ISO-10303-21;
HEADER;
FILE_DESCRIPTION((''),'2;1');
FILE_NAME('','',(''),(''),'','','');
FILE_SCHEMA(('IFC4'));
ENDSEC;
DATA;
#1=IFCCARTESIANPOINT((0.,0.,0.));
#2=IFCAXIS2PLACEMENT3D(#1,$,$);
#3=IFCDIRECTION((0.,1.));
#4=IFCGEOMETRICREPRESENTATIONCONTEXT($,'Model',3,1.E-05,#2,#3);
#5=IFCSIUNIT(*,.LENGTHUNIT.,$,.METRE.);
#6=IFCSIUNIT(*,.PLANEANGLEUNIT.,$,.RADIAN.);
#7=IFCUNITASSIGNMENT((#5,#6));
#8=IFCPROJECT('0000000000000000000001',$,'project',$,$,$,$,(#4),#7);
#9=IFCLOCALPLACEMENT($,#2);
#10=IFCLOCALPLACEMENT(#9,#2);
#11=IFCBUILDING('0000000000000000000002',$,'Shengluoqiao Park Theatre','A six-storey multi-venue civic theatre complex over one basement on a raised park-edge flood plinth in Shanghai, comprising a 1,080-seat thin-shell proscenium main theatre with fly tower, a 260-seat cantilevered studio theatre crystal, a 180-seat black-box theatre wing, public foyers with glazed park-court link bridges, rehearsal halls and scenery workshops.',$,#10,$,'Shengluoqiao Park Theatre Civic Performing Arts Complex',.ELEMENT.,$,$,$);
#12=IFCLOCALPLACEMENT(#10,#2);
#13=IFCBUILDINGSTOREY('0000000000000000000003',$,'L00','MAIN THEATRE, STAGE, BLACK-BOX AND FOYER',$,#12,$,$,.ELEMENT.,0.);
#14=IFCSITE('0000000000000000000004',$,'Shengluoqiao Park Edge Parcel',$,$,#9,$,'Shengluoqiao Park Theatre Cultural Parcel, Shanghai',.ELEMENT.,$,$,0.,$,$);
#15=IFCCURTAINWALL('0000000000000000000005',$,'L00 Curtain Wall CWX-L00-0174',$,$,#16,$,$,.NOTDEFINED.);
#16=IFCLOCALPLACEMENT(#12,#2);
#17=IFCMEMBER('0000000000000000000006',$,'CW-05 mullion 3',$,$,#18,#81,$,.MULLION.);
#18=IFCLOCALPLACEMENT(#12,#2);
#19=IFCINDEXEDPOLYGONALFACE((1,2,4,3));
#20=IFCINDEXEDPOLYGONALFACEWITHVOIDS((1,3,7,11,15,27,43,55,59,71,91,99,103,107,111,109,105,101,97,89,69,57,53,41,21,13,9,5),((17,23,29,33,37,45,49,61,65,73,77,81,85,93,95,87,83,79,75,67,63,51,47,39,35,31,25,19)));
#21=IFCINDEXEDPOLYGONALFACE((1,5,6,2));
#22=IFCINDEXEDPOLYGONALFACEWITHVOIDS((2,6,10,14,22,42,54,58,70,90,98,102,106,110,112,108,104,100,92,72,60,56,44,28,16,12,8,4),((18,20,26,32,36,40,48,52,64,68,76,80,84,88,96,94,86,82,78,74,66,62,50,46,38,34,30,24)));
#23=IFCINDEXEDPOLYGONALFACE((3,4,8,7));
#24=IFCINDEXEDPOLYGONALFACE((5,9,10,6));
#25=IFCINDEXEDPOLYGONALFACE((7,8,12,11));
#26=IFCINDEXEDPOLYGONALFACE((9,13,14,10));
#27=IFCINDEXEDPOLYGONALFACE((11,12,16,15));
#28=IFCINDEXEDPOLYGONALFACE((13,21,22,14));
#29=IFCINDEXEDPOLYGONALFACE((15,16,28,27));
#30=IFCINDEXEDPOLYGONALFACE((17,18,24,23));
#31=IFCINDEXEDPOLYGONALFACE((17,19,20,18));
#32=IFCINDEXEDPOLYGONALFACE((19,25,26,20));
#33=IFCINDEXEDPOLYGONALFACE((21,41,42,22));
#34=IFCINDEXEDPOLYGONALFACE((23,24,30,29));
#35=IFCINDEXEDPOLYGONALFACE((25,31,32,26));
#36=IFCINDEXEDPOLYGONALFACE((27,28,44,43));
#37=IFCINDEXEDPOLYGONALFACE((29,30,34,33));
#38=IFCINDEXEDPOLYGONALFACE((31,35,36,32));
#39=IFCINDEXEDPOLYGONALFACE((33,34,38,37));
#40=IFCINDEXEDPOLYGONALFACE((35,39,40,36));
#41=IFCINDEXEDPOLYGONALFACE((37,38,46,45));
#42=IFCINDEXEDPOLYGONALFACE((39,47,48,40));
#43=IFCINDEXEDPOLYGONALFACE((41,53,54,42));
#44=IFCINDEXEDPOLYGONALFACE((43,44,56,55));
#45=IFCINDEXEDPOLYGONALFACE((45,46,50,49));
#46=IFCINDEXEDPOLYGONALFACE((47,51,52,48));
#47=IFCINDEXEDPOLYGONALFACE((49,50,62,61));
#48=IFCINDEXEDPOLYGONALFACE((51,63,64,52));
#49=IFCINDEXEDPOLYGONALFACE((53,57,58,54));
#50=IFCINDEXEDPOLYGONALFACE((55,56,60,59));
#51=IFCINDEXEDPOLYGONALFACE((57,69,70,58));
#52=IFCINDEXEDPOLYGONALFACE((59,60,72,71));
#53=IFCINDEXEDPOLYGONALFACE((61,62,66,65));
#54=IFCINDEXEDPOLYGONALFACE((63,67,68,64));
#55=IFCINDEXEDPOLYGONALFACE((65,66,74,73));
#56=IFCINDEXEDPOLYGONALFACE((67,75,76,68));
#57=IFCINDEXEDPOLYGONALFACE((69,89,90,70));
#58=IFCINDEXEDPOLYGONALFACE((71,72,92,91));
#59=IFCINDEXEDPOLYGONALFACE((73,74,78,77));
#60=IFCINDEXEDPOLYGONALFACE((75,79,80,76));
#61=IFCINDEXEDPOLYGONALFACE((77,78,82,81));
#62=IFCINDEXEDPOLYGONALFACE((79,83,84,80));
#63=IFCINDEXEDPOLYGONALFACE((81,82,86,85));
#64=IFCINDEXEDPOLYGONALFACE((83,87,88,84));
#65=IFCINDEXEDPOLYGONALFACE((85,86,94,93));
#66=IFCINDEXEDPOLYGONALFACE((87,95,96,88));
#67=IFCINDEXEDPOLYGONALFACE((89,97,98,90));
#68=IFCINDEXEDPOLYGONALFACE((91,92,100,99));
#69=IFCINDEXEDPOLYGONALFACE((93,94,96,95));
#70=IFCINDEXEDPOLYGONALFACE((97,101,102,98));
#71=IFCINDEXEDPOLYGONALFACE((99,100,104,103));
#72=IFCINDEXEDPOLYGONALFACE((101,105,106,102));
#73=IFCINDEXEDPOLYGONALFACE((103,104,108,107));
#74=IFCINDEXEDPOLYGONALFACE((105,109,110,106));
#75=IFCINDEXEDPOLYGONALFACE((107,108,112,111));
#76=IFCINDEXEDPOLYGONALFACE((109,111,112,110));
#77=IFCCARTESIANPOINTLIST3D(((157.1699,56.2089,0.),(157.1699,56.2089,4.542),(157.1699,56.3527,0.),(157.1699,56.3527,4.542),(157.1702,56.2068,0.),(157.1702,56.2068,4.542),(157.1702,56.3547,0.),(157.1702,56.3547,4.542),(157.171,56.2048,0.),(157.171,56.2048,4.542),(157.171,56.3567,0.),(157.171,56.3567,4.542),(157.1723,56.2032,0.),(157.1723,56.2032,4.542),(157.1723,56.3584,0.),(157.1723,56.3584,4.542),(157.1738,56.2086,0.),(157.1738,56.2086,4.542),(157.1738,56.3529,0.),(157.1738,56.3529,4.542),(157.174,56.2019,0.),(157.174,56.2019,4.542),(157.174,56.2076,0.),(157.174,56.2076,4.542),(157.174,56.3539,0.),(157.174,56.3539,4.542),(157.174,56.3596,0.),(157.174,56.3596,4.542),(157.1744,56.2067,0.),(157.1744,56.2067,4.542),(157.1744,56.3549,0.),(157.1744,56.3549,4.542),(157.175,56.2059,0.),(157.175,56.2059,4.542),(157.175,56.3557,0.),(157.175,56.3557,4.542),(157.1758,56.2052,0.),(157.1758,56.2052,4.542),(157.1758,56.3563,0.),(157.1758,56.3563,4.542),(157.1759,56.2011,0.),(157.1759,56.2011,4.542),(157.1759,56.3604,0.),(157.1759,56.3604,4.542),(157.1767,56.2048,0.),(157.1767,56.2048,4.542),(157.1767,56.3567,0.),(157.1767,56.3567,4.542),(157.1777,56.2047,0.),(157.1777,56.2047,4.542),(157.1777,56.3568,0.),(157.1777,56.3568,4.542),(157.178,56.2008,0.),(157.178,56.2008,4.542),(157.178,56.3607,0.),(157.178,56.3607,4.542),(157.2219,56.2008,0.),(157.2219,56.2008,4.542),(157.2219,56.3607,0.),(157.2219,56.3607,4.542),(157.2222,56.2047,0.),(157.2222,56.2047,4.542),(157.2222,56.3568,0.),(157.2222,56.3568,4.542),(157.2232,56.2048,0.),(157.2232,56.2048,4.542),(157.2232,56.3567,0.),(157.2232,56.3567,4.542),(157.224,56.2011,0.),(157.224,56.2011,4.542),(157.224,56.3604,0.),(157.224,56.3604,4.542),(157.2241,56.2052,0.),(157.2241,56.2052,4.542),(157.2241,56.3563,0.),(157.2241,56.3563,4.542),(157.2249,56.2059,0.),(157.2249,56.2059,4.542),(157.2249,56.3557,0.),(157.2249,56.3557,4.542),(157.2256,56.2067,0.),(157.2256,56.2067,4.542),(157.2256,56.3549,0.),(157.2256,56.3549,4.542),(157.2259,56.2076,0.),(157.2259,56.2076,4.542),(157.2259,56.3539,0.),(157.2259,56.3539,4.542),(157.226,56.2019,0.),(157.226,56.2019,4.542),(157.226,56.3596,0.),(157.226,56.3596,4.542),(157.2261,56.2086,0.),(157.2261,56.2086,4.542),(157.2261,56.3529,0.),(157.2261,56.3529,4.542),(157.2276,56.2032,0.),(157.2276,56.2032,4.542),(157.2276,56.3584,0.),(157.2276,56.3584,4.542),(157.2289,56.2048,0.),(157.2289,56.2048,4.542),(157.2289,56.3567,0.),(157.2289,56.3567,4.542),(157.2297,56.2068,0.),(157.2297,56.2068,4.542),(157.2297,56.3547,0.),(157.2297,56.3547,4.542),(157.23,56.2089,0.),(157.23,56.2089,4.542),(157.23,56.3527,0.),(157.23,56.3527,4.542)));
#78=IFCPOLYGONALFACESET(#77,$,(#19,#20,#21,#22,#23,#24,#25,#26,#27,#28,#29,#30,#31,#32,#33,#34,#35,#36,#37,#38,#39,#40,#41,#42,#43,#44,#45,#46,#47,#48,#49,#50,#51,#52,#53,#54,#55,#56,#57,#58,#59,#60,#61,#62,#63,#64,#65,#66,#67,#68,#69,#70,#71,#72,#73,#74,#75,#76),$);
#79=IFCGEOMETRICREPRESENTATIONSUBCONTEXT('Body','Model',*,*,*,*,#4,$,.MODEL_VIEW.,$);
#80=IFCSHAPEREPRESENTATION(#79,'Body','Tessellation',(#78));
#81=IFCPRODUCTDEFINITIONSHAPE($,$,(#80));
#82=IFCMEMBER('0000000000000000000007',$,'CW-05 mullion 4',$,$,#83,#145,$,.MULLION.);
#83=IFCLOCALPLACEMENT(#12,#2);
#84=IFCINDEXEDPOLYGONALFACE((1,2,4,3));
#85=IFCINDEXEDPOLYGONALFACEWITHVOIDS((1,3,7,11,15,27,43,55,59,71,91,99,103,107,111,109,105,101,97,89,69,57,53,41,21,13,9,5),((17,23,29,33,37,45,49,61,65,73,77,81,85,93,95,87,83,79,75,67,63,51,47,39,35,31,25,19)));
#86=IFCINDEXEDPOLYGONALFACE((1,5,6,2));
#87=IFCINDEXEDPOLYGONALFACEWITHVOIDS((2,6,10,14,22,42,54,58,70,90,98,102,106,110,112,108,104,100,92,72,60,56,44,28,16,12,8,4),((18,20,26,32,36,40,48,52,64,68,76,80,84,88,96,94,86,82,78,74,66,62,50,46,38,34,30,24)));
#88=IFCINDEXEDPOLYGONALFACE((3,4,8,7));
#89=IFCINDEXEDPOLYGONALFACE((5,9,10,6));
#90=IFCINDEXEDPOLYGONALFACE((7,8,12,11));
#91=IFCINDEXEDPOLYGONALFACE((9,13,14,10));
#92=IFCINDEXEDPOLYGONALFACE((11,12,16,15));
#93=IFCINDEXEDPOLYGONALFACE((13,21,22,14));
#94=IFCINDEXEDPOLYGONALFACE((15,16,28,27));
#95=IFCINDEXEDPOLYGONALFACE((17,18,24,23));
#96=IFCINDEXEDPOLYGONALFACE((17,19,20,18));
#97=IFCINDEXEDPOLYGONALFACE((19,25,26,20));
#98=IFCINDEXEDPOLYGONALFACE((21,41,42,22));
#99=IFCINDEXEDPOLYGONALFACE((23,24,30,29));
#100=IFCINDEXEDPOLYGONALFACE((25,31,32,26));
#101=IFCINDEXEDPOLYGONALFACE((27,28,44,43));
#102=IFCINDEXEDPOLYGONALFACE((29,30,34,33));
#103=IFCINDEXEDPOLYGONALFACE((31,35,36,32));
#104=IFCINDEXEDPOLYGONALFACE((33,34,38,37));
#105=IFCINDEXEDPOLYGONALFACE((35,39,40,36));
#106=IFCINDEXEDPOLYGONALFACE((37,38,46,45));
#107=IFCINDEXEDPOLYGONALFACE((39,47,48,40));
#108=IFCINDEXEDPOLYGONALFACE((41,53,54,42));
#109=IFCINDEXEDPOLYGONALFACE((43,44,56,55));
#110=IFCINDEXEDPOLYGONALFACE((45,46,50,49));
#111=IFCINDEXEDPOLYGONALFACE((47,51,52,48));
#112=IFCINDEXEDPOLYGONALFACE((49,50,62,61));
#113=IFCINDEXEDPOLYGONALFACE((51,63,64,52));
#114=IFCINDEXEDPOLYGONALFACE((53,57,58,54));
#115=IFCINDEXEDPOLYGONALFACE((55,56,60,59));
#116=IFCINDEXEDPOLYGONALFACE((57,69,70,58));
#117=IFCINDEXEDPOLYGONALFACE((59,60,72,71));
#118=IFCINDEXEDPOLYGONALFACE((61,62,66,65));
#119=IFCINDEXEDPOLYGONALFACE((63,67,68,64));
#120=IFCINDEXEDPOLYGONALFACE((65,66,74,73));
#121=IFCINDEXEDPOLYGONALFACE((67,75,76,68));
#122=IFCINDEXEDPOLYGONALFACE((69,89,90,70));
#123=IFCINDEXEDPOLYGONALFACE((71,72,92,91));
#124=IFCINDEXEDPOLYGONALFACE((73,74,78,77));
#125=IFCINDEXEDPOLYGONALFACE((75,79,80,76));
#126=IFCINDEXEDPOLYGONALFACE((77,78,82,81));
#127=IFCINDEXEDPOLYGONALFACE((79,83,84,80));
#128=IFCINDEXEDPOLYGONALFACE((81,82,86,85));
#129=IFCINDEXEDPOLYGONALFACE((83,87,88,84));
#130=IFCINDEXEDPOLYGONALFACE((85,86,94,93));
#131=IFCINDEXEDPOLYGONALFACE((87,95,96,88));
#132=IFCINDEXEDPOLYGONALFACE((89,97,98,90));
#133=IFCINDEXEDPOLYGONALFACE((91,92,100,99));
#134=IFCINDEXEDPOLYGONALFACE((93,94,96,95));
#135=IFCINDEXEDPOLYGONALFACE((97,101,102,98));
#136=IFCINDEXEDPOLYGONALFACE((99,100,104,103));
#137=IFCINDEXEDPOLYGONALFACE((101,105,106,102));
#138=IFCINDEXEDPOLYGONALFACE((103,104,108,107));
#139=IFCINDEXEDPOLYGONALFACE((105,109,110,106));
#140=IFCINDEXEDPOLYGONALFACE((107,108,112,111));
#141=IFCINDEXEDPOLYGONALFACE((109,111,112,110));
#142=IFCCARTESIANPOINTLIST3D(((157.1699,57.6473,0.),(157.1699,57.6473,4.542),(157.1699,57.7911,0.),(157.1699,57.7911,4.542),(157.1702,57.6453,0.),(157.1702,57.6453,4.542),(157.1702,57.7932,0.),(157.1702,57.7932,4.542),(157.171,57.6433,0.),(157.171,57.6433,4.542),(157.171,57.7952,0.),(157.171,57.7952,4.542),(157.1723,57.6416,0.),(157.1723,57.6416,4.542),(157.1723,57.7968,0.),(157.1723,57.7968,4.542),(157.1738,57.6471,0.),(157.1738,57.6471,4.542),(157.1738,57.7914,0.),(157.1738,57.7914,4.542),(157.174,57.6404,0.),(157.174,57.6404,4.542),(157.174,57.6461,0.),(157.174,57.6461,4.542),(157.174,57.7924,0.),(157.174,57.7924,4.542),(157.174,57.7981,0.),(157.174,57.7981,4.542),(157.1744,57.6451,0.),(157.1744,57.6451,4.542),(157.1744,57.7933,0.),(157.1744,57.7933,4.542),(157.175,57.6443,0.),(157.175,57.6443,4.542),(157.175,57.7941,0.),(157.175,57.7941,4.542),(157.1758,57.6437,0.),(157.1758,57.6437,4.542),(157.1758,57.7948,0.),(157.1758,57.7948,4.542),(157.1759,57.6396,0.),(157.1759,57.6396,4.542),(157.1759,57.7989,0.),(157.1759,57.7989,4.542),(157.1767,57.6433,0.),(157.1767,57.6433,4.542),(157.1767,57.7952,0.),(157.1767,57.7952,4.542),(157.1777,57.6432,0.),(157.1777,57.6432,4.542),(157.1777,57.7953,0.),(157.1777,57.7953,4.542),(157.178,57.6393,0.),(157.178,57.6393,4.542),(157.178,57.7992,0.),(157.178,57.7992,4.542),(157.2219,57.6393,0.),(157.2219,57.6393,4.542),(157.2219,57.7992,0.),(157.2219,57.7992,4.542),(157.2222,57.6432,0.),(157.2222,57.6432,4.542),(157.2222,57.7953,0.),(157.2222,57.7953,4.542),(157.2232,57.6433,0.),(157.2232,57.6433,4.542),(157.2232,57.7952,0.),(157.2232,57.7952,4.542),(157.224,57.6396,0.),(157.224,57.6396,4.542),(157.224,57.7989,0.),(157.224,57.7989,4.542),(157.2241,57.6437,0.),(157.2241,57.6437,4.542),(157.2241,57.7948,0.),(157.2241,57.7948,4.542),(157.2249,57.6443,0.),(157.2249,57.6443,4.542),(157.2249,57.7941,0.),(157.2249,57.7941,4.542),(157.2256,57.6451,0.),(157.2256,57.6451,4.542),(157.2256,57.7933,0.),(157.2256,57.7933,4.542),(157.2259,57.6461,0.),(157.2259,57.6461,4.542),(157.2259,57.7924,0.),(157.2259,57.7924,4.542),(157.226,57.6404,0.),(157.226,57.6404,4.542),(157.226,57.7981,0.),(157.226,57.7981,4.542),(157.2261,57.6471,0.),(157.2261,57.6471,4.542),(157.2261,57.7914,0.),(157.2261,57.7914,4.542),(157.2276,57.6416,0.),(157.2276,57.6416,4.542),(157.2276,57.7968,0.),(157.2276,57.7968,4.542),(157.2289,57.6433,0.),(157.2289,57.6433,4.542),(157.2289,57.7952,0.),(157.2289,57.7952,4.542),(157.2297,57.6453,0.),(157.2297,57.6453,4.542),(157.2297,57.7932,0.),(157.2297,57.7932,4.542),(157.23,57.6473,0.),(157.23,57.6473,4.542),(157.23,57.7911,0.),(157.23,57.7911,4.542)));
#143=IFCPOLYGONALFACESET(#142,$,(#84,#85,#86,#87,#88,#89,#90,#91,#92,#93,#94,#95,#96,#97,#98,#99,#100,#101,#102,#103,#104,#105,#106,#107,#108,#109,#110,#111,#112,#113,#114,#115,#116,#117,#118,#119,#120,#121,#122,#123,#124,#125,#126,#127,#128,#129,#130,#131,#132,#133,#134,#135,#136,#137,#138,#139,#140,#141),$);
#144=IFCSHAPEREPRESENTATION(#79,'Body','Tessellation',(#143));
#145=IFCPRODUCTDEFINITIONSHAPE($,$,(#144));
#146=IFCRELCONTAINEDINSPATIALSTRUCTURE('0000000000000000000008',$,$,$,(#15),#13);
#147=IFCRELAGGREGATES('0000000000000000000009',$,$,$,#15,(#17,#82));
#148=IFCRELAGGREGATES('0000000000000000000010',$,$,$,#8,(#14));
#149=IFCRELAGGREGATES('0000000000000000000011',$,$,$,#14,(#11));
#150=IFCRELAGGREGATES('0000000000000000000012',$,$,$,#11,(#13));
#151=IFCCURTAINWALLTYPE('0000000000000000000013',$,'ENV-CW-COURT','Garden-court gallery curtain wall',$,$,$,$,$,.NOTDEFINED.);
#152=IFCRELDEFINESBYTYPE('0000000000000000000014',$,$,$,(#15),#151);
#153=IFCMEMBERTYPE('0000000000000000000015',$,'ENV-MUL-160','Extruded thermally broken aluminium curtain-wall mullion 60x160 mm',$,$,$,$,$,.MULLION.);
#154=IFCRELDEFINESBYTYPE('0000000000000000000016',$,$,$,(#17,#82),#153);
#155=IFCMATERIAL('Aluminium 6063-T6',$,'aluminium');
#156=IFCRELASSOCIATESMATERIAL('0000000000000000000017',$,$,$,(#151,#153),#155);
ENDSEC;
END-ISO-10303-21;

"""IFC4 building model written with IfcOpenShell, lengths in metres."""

from ifc_helpers import new_model, si_unit, direction, frame, origin, origin_2d, place, context, subcontext, project, spatial, hollow_rectangle, extrude, material, material_profile, profile_set, type_object, element, aggregate, save


model = new_model("IFC4")

# Units and contexts
model_context = context("Model", 3, precision=1e-05, world=origin(), true_north=direction((0.0, 1.0)))
body_context = subcontext(model_context, "Body", "Model", "MODEL_VIEW")
ifc_project = project(units=[si_unit("LENGTHUNIT", "METRE"), si_unit("PLANEANGLEUNIT", "RADIAN")], contexts=[model_context])

# Site, building, storey
site_placement = place(None, origin())
site = spatial("IfcSite", under=ifc_project, at=site_placement, Name="Shengluoqiao Park Edge Parcel", LongName="Shengluoqiao Park Theatre Cultural Parcel, Shanghai", CompositionType="ELEMENT", RefElevation=0.0)
building_placement = place(site_placement, origin())
building = spatial("IfcBuilding", under=site, at=building_placement, Name="Shengluoqiao Park Theatre", Description="A six-storey multi-venue civic theatre complex over one basement on a raised park-edge flood plinth in Shanghai, comprising a 1,080-seat thin-shell proscenium main theatre with fly tower, a 260-seat cantilevered studio theatre crystal, a 180-seat black-box theatre wing, public foyers with glazed park-court link bridges, rehearsal halls and scenery workshops.", LongName="Shengluoqiao Park Theatre Civic Performing Arts Complex", CompositionType="ELEMENT")
storey_placement = place(building_placement, origin())
storey = spatial("IfcBuildingStorey", under=building, at=storey_placement, Name="L00", Description="MAIN THEATRE, STAGE, BLACK-BOX AND FOYER", CompositionType="ELEMENT", Elevation=0.0)

# Curtain wall, members
ifc_material_1 = material(Name="Aluminium 6063-T6", Category="aluminium")
curtain_wall_type = type_object("IfcCurtainWallType", Name="ENV-CW-COURT", Description="Garden-court gallery curtain wall", PredefinedType="NOTDEFINED", material=ifc_material_1)
curtain_wall_placement = place(storey_placement, origin())
curtain_wall = element("IfcCurtainWall", 1, at=curtain_wall_placement, inside=storey, type_object=curtain_wall_type, Name="L00 Curtain Wall CWX-L00-0174", PredefinedType="NOTDEFINED")
ifc_material_profile_1 = material_profile(ifc_material_1, hollow_rectangle(XDim=0.0601, YDim=0.1599, WallThickness=0.0039, InnerFilletRadius=0.0039, OuterFilletRadius=0.0081, at=origin_2d()), Name="ALU MULLION 160x60x4")
ifc_profile_set_1 = profile_set([ifc_material_profile_1], Name="Aluminium 6063-T6")
member_type_1 = type_object("IfcMemberType", Name="ENV-MUL-160", Description="Extruded thermally broken aluminium curtain-wall mullion 60x160 mm", PredefinedType="MULLION", material=ifc_profile_set_1)
member_1_placement = place(storey_placement, frame((157.2, 56.2808, 0.0), z_axis=(0.0, 0.0, 1.0), x_axis=(-1.0, 0.0, 0.0)))
member_1 = element("IfcMember", 2, at=member_1_placement, type_object=member_type_1, Name="CW-05 mullion 3", PredefinedType="MULLION", context=body_context, shape_type="SweptSolid", body=[
    extrude(hollow_rectangle(XDim=0.0601, YDim=0.1599, WallThickness=0.0039, InnerFilletRadius=0.0039, OuterFilletRadius=0.0081, at=origin_2d()), origin(), (0.0, 0.0, 1.0), 4.542),
])
member_2_placement = place(storey_placement, frame((157.2, 57.7192, 0.0), z_axis=(0.0, 0.0, 1.0), x_axis=(-1.0, 0.0, 0.0)))
member_2 = element("IfcMember", 3, at=member_2_placement, type_object=member_type_1, Name="CW-05 mullion 4", PredefinedType="MULLION", context=body_context, shape_type="SweptSolid", body=[
    extrude(hollow_rectangle(XDim=0.0601, YDim=0.1599, WallThickness=0.0039, InnerFilletRadius=0.0039, OuterFilletRadius=0.0081, at=origin_2d()), origin(), (0.0, 0.0, 1.0), 4.542),
])
aggregate(curtain_wall, [member_1, member_2])

save(model, "model.ifc")
